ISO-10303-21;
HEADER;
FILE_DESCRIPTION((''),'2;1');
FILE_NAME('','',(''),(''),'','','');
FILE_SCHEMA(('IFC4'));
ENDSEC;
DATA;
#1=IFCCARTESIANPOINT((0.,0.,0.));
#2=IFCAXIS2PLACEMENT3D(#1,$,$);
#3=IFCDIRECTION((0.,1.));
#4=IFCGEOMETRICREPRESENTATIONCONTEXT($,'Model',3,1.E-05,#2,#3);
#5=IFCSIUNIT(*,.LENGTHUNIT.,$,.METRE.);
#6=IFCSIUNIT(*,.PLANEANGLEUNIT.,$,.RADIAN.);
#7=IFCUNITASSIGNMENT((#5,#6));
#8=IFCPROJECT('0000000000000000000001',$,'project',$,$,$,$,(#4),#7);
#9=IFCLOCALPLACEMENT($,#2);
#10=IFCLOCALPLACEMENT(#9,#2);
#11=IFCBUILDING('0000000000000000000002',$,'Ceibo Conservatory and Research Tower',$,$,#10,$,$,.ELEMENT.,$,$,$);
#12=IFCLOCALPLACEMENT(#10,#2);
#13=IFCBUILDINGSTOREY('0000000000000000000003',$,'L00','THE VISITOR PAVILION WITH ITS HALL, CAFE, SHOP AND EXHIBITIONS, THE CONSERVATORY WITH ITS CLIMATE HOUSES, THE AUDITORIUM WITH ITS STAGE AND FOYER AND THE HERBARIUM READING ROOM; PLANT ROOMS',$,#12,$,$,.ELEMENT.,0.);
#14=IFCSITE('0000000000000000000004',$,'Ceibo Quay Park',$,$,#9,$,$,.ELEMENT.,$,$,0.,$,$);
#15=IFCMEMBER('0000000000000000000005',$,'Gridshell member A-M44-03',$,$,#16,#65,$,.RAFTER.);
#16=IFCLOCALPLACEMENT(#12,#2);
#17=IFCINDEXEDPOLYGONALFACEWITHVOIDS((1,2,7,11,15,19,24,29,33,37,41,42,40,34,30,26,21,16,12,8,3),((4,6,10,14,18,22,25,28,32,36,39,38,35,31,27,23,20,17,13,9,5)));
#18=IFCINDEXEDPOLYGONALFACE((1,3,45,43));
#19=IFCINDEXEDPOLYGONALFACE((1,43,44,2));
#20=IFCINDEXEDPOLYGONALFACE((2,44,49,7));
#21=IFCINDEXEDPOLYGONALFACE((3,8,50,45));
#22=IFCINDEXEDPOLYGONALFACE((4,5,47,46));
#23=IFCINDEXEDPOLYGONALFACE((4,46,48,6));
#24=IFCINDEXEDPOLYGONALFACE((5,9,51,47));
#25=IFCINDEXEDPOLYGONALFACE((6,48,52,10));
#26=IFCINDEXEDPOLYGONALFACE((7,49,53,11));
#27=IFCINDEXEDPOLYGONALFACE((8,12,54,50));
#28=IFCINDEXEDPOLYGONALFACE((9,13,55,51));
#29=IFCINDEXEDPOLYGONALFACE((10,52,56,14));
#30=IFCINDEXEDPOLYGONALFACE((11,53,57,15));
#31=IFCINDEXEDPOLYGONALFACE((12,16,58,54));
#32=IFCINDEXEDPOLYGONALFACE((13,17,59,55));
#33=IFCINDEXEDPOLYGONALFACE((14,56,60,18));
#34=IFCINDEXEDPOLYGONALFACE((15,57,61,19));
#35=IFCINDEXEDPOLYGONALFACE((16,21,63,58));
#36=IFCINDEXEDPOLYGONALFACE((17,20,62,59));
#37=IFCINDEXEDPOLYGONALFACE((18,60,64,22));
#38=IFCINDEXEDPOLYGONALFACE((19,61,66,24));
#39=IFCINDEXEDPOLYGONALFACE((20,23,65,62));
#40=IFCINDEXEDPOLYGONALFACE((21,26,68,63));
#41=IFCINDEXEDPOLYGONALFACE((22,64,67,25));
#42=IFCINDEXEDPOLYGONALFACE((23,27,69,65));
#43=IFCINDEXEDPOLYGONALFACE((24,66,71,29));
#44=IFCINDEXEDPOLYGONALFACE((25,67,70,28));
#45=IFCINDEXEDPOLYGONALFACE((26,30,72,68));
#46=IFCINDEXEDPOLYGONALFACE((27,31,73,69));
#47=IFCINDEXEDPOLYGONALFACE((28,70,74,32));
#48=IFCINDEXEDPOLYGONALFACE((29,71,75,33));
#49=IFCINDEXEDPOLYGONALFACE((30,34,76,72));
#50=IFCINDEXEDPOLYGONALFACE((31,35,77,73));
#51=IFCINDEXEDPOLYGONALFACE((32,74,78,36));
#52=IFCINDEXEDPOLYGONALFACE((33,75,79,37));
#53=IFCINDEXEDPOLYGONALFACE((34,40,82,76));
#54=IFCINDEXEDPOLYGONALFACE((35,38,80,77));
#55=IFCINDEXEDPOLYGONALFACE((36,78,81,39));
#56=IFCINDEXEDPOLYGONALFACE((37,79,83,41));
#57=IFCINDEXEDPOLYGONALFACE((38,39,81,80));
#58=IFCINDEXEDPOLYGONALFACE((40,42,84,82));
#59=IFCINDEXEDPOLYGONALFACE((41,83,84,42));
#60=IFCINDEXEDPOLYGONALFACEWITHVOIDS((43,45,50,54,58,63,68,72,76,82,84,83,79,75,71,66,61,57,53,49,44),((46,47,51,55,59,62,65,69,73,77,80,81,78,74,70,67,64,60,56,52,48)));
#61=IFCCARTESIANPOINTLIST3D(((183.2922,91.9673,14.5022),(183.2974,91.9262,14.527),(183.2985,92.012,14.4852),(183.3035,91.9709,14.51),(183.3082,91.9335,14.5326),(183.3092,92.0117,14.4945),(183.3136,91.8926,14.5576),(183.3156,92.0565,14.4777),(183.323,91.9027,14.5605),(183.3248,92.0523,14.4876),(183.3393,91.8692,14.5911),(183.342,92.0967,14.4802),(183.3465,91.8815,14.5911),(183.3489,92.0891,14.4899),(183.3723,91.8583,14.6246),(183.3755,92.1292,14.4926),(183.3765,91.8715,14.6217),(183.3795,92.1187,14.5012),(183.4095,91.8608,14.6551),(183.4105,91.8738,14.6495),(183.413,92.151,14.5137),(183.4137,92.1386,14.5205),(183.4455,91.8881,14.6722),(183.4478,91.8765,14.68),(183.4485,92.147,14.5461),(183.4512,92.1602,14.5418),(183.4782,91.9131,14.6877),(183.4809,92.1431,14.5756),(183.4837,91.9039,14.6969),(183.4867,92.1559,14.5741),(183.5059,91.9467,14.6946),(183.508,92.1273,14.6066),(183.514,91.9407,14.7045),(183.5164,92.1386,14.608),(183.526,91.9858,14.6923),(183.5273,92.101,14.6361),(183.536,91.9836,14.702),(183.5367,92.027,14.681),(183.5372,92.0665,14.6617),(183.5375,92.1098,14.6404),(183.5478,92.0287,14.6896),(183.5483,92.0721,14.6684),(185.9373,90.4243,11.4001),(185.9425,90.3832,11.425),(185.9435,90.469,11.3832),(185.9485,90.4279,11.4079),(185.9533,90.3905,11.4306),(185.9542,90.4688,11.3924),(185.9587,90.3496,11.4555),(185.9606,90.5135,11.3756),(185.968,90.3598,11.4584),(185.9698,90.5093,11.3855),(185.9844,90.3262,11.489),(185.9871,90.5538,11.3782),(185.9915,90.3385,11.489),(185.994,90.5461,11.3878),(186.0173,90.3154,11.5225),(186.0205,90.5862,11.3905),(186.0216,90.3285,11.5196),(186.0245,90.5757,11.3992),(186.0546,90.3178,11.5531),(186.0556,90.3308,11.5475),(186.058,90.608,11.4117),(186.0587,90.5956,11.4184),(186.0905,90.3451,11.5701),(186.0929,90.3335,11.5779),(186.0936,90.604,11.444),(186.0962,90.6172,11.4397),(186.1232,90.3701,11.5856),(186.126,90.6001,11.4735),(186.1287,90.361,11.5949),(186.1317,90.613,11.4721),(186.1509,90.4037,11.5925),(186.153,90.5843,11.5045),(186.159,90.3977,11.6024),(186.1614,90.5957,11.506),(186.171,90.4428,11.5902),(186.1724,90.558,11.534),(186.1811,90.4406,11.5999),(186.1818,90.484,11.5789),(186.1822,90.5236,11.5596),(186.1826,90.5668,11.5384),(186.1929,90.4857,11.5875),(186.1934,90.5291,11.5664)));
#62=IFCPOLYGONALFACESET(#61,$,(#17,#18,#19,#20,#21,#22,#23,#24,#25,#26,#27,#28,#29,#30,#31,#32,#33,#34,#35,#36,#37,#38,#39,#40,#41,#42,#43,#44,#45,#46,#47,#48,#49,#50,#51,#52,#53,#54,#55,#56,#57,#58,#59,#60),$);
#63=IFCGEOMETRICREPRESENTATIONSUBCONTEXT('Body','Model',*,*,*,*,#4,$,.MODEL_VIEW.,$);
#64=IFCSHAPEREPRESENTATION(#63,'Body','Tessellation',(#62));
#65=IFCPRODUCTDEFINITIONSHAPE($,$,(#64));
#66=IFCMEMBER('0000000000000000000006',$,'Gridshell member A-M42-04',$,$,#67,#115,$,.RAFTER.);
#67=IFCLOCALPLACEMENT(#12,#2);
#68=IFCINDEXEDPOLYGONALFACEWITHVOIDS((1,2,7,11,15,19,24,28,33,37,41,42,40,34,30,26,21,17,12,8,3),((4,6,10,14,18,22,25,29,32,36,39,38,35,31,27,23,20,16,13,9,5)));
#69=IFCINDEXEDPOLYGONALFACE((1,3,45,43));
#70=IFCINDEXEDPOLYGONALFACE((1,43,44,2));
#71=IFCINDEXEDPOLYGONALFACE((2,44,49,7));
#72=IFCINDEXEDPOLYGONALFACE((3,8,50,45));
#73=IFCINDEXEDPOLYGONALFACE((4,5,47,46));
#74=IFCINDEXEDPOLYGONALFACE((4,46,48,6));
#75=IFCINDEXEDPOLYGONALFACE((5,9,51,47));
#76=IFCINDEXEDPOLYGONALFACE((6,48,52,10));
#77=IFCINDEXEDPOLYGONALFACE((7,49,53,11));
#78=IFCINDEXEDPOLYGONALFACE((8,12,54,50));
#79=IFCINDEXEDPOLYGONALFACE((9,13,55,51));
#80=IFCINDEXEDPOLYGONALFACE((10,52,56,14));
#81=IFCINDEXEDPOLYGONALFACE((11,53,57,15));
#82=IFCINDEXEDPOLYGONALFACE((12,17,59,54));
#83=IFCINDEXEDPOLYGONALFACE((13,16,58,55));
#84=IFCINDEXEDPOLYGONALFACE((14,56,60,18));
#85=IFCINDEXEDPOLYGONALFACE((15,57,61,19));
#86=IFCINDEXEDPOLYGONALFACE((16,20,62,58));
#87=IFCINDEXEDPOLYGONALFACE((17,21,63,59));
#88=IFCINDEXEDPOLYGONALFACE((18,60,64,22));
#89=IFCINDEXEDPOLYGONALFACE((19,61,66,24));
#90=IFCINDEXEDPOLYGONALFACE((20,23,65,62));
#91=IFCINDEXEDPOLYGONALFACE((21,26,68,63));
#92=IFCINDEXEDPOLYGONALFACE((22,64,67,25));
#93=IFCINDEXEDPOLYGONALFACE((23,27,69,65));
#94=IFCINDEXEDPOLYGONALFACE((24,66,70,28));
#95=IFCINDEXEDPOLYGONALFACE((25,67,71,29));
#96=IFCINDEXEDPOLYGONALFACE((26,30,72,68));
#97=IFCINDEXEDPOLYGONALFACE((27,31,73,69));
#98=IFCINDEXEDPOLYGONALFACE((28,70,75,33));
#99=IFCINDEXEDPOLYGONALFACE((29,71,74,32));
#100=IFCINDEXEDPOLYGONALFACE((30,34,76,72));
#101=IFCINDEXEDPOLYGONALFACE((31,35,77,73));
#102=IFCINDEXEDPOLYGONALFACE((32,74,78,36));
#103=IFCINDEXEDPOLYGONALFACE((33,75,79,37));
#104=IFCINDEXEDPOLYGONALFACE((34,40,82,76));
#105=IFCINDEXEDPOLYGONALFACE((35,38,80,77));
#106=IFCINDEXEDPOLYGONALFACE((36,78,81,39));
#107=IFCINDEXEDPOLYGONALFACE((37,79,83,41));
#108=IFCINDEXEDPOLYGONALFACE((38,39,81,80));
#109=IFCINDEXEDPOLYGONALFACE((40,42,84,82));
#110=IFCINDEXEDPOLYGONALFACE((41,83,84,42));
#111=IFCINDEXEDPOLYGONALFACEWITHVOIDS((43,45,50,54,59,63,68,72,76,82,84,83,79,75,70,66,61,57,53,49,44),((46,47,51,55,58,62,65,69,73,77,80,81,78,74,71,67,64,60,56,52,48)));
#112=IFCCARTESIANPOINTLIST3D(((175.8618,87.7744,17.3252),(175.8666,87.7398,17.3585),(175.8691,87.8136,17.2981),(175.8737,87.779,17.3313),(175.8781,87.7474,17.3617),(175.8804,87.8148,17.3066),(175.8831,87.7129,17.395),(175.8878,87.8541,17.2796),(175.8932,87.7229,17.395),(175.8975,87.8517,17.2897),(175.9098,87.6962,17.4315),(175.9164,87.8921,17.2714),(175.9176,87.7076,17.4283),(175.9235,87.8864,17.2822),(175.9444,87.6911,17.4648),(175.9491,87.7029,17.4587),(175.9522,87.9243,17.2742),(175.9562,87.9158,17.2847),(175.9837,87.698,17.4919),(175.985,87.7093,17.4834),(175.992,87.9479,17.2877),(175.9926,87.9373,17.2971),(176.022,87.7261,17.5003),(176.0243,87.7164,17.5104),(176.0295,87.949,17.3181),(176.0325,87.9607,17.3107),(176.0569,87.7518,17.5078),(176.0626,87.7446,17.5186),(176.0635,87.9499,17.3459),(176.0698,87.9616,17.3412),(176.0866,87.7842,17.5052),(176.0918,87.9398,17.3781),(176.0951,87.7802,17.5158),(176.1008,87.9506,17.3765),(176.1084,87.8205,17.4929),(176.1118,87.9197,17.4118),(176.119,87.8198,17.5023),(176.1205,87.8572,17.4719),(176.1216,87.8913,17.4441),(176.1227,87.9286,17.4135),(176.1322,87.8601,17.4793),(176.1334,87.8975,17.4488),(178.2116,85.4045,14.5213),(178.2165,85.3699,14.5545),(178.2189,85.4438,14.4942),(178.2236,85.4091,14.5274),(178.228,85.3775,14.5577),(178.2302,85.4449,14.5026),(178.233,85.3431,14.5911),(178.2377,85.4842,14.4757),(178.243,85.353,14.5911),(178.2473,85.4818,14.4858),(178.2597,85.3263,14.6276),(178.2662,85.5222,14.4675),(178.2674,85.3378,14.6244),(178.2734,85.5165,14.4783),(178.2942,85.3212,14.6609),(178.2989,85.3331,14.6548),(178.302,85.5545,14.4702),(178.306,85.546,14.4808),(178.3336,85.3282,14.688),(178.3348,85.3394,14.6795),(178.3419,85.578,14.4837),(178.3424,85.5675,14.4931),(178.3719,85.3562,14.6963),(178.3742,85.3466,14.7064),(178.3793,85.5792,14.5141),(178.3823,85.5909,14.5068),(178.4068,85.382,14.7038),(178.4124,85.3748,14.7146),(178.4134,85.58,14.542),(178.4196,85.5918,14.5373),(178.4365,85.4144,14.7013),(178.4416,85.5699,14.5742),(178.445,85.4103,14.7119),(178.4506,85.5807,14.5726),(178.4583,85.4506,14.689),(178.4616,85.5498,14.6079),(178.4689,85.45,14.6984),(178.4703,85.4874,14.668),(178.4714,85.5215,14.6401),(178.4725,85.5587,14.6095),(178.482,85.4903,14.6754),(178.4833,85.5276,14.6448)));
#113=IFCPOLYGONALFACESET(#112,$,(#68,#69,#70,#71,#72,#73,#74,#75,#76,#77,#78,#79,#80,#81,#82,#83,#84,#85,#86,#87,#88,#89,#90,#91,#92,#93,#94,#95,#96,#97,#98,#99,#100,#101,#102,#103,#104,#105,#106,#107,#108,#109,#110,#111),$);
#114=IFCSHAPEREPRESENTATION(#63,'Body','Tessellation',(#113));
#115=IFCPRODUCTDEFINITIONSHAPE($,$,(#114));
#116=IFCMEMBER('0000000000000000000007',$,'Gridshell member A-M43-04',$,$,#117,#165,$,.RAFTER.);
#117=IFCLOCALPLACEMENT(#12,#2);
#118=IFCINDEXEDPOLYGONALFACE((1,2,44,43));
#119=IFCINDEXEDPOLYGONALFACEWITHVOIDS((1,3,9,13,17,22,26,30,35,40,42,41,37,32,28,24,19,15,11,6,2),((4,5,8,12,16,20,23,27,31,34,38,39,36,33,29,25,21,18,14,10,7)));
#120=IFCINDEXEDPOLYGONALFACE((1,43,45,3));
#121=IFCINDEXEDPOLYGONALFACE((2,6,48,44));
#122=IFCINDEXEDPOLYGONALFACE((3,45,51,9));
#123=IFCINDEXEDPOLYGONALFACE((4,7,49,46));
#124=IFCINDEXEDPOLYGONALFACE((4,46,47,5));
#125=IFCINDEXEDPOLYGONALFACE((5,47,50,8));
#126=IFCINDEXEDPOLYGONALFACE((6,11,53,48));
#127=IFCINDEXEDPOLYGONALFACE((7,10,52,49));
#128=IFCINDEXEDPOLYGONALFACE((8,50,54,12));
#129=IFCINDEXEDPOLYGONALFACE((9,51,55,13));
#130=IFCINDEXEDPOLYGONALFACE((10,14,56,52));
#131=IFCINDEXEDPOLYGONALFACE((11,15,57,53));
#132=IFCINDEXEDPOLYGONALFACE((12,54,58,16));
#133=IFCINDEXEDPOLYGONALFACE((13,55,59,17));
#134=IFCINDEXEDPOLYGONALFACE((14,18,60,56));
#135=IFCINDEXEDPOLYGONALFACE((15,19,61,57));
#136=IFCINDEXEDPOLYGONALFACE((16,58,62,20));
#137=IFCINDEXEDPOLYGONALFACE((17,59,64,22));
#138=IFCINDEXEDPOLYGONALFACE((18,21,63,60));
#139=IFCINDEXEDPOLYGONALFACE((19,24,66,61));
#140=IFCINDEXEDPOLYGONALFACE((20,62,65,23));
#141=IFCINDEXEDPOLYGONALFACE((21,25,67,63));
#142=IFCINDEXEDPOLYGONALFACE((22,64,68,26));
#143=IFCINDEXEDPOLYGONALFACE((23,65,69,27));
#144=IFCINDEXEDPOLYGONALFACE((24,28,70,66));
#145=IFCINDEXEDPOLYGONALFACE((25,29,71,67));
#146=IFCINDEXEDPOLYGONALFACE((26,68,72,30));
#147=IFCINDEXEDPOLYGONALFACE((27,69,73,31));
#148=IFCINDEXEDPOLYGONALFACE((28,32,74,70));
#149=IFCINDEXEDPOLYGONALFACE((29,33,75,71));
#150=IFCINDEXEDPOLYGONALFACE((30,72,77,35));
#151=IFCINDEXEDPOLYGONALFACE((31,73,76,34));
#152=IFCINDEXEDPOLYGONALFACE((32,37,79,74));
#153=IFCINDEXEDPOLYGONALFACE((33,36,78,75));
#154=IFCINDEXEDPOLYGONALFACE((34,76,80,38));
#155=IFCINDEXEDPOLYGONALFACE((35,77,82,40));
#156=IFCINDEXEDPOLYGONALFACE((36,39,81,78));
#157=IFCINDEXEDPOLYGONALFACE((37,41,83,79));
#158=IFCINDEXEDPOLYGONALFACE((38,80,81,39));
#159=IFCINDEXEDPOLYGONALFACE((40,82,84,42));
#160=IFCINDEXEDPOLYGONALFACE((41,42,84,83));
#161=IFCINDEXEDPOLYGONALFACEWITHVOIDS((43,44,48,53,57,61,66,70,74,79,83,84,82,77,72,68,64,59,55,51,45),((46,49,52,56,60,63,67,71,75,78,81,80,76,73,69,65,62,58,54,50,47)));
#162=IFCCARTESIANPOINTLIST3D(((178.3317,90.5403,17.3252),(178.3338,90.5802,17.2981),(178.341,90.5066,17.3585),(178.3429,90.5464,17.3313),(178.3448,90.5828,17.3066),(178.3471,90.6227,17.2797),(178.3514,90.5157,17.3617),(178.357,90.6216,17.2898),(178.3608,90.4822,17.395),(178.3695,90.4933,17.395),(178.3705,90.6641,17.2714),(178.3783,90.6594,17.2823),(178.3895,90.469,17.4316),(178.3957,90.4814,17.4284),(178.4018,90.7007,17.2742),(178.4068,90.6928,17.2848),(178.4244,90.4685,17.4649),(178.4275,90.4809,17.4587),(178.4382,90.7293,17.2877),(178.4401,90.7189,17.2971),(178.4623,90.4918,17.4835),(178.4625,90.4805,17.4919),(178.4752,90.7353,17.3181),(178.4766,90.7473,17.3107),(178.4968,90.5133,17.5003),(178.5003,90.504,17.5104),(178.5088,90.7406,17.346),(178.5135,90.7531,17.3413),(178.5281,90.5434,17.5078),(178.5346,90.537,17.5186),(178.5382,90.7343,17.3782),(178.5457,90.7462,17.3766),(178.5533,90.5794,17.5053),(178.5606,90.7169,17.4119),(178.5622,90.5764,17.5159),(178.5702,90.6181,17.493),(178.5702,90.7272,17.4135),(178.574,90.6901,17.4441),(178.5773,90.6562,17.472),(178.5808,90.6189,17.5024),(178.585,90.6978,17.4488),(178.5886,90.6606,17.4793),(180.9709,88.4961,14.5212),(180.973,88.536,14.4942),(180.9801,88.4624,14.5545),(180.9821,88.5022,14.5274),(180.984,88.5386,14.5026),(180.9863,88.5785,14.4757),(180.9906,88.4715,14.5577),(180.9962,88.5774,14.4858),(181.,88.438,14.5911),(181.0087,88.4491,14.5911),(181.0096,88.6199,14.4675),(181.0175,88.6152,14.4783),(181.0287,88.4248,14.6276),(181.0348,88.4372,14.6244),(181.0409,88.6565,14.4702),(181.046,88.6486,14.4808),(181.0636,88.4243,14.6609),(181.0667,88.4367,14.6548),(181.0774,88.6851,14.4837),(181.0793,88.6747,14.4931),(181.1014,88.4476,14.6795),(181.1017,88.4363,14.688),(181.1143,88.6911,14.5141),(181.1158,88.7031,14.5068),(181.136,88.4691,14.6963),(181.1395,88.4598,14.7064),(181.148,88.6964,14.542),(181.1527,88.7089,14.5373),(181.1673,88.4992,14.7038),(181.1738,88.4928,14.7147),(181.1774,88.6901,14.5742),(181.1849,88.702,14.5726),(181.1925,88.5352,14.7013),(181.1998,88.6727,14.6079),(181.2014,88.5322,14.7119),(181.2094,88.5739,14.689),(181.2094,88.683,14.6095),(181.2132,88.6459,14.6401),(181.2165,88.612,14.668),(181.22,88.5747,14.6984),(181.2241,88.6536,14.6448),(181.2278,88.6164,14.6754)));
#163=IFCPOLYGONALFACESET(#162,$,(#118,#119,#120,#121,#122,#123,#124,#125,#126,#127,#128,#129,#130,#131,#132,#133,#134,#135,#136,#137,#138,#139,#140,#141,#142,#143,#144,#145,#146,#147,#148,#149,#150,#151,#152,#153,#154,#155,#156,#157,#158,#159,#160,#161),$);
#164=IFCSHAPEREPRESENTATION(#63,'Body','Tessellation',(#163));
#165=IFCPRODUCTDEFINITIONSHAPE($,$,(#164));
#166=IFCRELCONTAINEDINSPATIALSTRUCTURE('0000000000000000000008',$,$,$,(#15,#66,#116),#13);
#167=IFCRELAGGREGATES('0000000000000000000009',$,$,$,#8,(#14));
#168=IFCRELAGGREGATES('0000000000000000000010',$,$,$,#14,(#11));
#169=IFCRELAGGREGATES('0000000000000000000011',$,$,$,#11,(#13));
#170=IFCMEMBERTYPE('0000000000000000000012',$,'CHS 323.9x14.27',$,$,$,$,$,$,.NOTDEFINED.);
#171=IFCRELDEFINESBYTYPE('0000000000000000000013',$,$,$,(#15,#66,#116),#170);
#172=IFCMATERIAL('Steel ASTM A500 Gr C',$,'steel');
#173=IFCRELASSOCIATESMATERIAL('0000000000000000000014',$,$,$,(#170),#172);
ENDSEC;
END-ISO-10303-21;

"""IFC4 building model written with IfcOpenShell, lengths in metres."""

from ifc_helpers import new_model, si_unit, direction, frame, origin, origin_2d, place, context, subcontext, project, spatial, hollow_circle, extrude, material, material_profile, profile_set, type_object, element, save


model = new_model("IFC4")

# Units and contexts
model_context = context("Model", 3, precision=1e-05, world=origin(), true_north=direction((0.0, 1.0)))
body_context = subcontext(model_context, "Body", "Model", "MODEL_VIEW")
ifc_project = project(units=[si_unit("LENGTHUNIT", "METRE"), si_unit("PLANEANGLEUNIT", "RADIAN")], contexts=[model_context])

# Site, building, storey
site_placement = place(None, origin())
site = spatial("IfcSite", under=ifc_project, at=site_placement, Name="Ceibo Quay Park", CompositionType="ELEMENT", RefElevation=0.0)
building_placement = place(site_placement, origin())
building = spatial("IfcBuilding", under=site, at=building_placement, Name="Ceibo Conservatory and Research Tower", CompositionType="ELEMENT")
storey_placement = place(building_placement, origin())
storey = spatial("IfcBuildingStorey", under=building, at=storey_placement, Name="L00", Description="THE VISITOR PAVILION WITH ITS HALL, CAFE, SHOP AND EXHIBITIONS, THE CONSERVATORY WITH ITS CLIMATE HOUSES, THE AUDITORIUM WITH ITS STAGE AND FOYER AND THE HERBARIUM READING ROOM; PLANT ROOMS", CompositionType="ELEMENT", Elevation=0.0)

# Members
ifc_material_1 = material(Name="Steel ASTM A500 Gr C", Category="steel")
ifc_material_profile_1 = material_profile(ifc_material_1, hollow_circle(Radius=0.1619, WallThickness=0.0142, at=origin_2d()), Name="CHS 323.9x14.27")
ifc_profile_set_1 = profile_set([ifc_material_profile_1], Name="Steel ASTM A500 Gr C")
member_type_1 = type_object("IfcMemberType", Name="CHS 323.9x14.27", PredefinedType="NOTDEFINED", material=ifc_profile_set_1)
for number, where, z_axis, x_axis, name in (
    (1, (186.0659, 90.4661, 11.489), (-0.606815, 0.353985, 0.711667), (-0.503881, -0.863773, 0.0), "Gridshell member A-M44-03"),
    (2, (178.3479, 85.457, 14.5911), (-0.539089, 0.543682, 0.643267), (-0.7101, -0.704101, 0.0), "Gridshell member A-M42-04"),
):
    element("IfcMember", number, at=place(storey_placement, frame(where, z_axis=z_axis, x_axis=x_axis)), inside=storey, type_object=member_type_1, Name=name, PredefinedType="RAFTER", context=body_context, shape_type="SweptSolid", body=[
        extrude(hollow_circle(Radius=0.1619, WallThickness=0.0142, at=origin_2d()), origin(), (0.0, 0.0, 1.0), 4.3589),
    ])
member_1_placement = place(storey_placement, frame((181.0991, 88.5659, 14.5911), z_axis=(-0.605369, 0.468895, 0.643169), x_axis=(-0.612355, -0.790583, 0.0)))
element("IfcMember", 3, at=member_1_placement, inside=storey, type_object=member_type_1, Name="Gridshell member A-M43-04", PredefinedType="RAFTER", context=body_context, shape_type="SweptSolid", body=[
    extrude(hollow_circle(Radius=0.1619, WallThickness=0.0142, at=origin_2d()), origin(), (0.0, 0.0, 1.0), 4.3596),
])

save(model, "model.ifc")
